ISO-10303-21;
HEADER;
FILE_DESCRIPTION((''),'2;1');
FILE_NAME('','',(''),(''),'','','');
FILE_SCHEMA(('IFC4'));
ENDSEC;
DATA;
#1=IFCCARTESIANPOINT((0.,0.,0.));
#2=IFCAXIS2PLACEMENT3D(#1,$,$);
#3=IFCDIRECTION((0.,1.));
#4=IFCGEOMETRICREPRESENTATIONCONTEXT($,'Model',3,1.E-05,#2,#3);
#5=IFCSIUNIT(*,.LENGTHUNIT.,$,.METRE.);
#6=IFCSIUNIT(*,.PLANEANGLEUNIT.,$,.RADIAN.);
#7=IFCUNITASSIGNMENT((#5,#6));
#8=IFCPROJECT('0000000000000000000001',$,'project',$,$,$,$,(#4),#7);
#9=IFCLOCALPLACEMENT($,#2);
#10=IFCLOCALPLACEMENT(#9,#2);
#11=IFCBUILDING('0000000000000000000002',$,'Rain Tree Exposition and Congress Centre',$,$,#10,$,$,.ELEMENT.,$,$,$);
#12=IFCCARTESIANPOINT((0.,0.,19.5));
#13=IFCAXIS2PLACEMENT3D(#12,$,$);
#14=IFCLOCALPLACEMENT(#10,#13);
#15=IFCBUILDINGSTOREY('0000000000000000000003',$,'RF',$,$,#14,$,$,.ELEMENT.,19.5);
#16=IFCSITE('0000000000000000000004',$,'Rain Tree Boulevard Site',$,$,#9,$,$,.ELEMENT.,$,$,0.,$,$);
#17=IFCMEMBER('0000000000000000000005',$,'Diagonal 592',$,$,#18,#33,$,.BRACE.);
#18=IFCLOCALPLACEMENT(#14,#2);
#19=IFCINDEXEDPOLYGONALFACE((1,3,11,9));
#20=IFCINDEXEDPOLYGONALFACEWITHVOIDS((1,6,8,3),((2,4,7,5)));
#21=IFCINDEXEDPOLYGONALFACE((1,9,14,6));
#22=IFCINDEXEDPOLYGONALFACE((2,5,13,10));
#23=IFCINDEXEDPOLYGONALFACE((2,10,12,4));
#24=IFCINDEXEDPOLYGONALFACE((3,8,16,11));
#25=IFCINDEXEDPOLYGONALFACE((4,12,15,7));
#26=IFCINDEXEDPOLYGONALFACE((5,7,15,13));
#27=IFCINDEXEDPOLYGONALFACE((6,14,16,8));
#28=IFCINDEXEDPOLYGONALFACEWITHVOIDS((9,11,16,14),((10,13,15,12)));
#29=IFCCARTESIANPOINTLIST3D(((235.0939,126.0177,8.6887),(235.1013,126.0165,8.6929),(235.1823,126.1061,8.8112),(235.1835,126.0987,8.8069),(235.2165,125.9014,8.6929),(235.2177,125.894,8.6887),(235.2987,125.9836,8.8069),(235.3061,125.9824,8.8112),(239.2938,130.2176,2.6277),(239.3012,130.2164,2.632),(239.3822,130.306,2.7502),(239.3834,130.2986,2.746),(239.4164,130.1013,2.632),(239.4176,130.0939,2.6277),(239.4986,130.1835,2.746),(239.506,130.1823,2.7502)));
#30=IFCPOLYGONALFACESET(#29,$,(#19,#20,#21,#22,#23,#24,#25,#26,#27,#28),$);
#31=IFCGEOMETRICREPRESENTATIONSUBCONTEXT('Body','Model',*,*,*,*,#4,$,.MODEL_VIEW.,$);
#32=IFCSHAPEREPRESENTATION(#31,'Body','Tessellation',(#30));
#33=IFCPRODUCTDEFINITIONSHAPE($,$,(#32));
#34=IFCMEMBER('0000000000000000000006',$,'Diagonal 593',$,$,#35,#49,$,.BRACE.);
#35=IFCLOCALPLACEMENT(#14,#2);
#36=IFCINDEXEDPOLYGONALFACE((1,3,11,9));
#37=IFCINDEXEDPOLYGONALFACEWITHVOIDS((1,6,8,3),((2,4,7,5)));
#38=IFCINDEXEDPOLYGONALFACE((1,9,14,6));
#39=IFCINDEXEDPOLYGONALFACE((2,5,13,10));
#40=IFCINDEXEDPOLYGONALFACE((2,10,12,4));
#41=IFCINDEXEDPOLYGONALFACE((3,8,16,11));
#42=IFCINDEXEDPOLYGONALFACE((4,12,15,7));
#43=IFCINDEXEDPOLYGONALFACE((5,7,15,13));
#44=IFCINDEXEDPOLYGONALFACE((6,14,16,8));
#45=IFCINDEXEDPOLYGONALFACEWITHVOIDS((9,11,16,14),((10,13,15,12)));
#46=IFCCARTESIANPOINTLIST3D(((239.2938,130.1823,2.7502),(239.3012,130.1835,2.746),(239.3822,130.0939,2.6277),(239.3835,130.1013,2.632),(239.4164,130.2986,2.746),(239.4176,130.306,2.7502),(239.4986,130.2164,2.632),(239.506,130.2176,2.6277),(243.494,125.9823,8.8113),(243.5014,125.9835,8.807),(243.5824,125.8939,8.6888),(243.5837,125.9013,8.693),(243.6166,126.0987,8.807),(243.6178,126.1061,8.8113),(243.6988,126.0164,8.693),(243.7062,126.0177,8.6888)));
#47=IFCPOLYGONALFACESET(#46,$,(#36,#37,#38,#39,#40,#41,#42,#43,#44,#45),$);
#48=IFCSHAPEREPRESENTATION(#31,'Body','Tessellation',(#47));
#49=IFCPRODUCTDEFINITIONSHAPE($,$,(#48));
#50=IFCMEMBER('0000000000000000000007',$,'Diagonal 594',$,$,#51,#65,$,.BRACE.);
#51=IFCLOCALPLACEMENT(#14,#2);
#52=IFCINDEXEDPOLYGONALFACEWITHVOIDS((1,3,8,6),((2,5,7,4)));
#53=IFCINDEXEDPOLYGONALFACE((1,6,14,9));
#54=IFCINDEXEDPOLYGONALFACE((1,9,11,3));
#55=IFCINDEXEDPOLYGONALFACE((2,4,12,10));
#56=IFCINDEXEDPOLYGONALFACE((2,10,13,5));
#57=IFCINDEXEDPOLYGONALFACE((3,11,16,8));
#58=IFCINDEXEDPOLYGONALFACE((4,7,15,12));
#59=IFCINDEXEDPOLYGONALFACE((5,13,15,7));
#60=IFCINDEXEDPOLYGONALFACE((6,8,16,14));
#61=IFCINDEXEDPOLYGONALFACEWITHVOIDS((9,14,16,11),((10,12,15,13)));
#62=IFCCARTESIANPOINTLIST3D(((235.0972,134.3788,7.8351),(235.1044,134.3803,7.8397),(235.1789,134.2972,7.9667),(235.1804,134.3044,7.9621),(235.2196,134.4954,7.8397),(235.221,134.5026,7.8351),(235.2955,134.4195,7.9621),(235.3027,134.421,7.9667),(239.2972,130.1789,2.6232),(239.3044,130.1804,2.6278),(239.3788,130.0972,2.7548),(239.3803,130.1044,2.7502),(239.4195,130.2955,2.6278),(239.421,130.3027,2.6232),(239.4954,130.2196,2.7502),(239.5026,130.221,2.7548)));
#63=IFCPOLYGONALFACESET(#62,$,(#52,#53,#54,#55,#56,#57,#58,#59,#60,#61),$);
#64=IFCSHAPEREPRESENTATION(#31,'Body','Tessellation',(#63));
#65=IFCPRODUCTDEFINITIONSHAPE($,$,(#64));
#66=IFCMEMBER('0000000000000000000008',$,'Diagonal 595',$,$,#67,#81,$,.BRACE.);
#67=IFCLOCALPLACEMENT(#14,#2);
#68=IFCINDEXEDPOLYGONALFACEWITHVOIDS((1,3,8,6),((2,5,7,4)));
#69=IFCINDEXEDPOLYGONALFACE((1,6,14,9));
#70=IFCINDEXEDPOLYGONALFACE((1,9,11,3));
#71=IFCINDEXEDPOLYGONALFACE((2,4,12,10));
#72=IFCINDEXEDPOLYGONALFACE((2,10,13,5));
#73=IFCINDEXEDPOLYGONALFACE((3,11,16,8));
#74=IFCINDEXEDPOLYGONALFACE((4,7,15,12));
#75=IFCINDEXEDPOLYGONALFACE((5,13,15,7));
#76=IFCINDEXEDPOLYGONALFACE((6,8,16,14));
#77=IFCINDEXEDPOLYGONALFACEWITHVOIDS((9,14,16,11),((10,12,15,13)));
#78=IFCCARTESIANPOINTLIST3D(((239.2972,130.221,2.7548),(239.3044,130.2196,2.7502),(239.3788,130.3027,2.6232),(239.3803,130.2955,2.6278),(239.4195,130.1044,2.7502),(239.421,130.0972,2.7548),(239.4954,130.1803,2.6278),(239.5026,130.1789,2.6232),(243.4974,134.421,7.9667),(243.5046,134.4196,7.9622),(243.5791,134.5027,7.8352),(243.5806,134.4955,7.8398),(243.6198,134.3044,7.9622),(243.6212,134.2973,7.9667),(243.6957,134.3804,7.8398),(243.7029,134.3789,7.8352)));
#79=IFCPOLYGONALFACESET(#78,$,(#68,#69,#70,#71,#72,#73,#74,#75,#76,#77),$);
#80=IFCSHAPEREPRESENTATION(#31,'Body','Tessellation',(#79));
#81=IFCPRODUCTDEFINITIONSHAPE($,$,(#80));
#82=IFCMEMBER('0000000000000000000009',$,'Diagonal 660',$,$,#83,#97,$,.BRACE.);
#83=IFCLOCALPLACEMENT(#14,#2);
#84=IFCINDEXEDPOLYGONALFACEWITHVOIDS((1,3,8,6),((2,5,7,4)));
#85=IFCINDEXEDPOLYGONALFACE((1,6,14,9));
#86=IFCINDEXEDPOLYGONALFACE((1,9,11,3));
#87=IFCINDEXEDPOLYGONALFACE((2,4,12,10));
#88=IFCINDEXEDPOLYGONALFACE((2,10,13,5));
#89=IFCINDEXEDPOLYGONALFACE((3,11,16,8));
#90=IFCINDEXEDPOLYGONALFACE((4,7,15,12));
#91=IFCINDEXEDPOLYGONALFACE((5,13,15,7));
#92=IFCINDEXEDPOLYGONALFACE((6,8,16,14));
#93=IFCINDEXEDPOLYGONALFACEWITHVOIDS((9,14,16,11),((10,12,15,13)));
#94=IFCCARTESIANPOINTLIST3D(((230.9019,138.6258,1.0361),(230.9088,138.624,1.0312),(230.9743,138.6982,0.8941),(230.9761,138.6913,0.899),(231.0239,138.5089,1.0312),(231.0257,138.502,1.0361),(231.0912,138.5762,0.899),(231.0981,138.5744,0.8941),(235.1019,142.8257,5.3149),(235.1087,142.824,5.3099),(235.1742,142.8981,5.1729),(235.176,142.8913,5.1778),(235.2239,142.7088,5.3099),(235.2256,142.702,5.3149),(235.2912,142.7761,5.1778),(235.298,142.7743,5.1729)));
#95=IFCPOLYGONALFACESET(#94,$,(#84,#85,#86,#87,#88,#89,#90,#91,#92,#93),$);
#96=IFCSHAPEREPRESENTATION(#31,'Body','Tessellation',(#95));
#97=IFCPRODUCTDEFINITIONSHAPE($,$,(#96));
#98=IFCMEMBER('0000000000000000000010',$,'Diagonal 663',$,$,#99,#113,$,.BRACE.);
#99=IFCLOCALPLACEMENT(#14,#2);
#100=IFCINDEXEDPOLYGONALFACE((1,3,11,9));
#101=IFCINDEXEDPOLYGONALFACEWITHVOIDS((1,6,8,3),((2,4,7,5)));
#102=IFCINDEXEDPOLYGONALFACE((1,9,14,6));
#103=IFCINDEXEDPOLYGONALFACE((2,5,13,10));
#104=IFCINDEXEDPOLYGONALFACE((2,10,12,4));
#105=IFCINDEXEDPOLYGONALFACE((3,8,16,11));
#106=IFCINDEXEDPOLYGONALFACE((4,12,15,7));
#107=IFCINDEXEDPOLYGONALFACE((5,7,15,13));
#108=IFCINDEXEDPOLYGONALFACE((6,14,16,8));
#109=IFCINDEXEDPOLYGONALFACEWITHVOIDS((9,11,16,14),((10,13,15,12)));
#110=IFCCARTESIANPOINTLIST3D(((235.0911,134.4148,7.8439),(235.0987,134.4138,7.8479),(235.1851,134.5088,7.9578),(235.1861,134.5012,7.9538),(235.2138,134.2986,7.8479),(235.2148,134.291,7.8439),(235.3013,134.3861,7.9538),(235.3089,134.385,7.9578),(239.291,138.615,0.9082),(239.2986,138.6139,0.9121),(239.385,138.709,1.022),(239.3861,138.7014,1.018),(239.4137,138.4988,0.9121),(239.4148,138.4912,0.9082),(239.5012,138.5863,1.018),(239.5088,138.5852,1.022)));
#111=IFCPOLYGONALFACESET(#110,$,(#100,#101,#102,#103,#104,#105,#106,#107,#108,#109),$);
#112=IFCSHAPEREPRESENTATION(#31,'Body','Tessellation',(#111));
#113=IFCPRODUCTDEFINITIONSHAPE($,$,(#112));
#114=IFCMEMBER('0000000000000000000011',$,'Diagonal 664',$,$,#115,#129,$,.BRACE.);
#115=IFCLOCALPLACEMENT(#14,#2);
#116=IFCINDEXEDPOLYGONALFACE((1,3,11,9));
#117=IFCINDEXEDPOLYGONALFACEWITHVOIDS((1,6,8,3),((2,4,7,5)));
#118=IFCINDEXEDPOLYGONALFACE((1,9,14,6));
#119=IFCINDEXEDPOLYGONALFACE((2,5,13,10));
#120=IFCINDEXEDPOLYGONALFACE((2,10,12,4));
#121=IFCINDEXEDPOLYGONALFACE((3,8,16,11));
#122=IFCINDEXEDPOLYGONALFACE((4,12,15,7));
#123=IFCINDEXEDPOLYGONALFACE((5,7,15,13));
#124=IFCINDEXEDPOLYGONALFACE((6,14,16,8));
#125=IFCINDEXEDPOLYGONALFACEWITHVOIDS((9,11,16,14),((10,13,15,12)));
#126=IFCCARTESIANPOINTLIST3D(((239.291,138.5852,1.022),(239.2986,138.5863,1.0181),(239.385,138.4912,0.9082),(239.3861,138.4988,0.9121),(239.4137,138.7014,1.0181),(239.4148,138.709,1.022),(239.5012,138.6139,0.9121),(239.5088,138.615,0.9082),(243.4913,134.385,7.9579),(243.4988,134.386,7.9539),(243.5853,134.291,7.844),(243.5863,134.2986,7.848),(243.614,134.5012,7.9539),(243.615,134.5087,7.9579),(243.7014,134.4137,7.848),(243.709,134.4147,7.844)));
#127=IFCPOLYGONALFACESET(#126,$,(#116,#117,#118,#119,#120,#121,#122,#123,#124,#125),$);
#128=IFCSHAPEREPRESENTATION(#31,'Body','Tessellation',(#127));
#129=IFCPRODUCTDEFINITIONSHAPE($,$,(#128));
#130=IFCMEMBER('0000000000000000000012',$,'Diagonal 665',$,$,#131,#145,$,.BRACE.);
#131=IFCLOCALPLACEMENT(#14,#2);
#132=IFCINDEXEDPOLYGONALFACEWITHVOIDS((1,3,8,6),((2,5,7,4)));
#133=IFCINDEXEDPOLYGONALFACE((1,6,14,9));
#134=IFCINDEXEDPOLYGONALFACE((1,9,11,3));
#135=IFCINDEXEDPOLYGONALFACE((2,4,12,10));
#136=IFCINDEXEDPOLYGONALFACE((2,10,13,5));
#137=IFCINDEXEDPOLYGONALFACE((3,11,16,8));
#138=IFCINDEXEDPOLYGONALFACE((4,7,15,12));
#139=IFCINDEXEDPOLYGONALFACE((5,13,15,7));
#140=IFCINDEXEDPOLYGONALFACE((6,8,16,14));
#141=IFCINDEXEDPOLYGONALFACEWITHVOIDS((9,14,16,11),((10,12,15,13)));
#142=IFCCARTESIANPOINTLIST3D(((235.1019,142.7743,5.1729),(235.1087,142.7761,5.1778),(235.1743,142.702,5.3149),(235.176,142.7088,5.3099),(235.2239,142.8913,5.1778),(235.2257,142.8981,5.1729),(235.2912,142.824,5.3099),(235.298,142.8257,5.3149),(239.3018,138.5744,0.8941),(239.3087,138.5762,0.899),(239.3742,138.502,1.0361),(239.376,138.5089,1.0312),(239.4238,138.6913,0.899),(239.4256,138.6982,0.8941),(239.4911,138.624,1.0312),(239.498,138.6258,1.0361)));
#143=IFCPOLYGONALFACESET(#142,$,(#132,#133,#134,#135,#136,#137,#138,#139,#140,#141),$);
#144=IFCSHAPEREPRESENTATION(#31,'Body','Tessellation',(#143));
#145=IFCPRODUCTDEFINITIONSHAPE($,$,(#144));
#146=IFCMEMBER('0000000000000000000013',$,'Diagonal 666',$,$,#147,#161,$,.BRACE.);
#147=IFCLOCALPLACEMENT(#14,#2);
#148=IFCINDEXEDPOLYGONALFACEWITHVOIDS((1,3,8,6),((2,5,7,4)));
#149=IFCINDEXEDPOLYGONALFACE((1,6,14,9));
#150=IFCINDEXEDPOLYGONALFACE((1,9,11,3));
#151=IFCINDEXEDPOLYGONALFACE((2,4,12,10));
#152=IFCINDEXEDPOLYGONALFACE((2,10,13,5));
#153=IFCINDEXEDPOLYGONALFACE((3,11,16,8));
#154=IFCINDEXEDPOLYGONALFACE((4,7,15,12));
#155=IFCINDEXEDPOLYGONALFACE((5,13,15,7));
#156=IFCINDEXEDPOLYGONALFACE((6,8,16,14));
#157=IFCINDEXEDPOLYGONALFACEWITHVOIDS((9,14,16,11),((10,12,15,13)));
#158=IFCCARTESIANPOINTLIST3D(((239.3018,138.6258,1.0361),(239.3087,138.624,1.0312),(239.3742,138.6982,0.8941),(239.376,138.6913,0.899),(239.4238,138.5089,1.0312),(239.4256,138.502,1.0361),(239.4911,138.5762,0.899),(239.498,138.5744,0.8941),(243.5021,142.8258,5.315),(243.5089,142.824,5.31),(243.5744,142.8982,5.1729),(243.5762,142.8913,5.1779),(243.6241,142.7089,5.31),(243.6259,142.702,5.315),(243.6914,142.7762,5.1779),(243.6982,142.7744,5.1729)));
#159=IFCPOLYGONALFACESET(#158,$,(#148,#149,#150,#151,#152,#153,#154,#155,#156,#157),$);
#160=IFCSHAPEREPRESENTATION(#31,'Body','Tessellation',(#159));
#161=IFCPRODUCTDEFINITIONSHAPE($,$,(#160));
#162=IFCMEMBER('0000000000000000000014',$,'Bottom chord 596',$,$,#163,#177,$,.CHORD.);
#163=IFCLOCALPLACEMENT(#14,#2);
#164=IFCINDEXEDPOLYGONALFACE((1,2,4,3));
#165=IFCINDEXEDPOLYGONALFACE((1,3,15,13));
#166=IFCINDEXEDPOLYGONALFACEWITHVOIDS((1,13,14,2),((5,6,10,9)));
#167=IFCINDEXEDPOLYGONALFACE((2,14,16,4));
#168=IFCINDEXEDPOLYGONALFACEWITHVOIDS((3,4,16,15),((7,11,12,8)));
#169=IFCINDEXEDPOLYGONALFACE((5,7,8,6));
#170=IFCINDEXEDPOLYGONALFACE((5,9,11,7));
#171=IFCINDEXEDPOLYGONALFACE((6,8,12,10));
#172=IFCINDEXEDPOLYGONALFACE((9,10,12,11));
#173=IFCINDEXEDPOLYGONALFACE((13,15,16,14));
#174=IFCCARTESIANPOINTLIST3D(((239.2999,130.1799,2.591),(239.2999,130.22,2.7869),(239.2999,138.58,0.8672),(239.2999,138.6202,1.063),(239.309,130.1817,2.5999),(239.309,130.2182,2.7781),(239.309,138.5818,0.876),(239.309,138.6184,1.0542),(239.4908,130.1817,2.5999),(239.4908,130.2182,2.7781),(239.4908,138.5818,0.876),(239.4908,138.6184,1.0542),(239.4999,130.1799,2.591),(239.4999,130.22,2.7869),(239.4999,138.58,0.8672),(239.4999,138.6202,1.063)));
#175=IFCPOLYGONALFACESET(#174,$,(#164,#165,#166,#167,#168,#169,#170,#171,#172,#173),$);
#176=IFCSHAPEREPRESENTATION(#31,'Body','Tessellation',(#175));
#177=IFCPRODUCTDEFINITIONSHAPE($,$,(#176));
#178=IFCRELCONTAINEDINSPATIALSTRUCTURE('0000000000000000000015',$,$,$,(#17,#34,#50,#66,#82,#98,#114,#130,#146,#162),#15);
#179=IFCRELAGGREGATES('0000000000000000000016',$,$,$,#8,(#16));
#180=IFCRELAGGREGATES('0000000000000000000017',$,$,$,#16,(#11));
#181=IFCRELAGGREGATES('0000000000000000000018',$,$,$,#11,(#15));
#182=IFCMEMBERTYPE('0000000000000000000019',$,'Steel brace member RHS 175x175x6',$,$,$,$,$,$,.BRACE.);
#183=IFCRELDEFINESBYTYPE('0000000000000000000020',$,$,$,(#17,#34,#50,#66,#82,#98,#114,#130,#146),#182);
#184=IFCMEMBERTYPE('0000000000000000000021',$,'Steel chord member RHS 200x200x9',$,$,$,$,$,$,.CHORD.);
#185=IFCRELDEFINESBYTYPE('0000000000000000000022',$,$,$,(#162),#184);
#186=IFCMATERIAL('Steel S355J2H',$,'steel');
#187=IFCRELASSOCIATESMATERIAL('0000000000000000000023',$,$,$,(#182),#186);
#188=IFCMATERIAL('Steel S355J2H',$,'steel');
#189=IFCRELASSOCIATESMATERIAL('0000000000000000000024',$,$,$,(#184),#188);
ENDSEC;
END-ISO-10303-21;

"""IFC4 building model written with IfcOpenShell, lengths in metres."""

from ifc_helpers import new_model, si_unit, direction, frame, origin, origin_2d, place, context, subcontext, project, spatial, hollow_rectangle, extrude, material, material_profile, profile_set, type_object, element, save


model = new_model("IFC4")

# Units and contexts
model_context = context("Model", 3, precision=1e-05, world=origin(), true_north=direction((0.0, 1.0)))
body_context = subcontext(model_context, "Body", "Model", "MODEL_VIEW")
ifc_project = project(units=[si_unit("LENGTHUNIT", "METRE"), si_unit("PLANEANGLEUNIT", "RADIAN")], contexts=[model_context])

# Site, building, storey
site_placement = place(None, origin())
site = spatial("IfcSite", under=ifc_project, at=site_placement, Name="Rain Tree Boulevard Site", CompositionType="ELEMENT", RefElevation=0.0)
building_placement = place(site_placement, origin())
building = spatial("IfcBuilding", under=site, at=building_placement, Name="Rain Tree Exposition and Congress Centre", CompositionType="ELEMENT")
storey_placement = place(building_placement, frame((0.0, 0.0, 19.5)))
storey = spatial("IfcBuildingStorey", under=building, at=storey_placement, Name="RF", CompositionType="ELEMENT", Elevation=19.5)

# Members
ifc_material_1 = material(Name="Steel S355J2H", Category="steel")
ifc_material_profile_1 = material_profile(ifc_material_1, hollow_rectangle(XDim=0.175, YDim=0.175, WallThickness=0.0061, at=origin_2d()), Name="RHS 175x175x6")
ifc_profile_set_1 = profile_set([ifc_material_profile_1], Name="Steel S355J2H")
member_type_1 = type_object("IfcMemberType", Name="Steel brace member RHS 175x175x6", PredefinedType="BRACE", material=ifc_profile_set_1)
member_1_placement = place(storey_placement, frame((239.3999, 130.2, 2.689), z_axis=(-0.494916, -0.494916, 0.714224), x_axis=(0.707107, -0.707107, 0.0)))
element("IfcMember", 1, at=member_1_placement, inside=storey, type_object=member_type_1, Name="Diagonal 592", PredefinedType="BRACE", context=body_context, shape_type="SweptSolid", body=[
    extrude(hollow_rectangle(XDim=0.175, YDim=0.175, WallThickness=0.0061, at=origin_2d()), origin(), (0.0, 0.0, 1.0), 8.4861),
])
member_2_placement = place(storey_placement, frame((239.3999, 130.2, 2.689), z_axis=(0.494938, -0.494909, 0.714214), x_axis=(0.707086, 0.707127, 0.0)))
element("IfcMember", 2, at=member_2_placement, inside=storey, type_object=member_type_1, Name="Diagonal 593", PredefinedType="BRACE", context=body_context, shape_type="SweptSolid", body=[
    extrude(hollow_rectangle(XDim=0.175, YDim=0.175, WallThickness=0.0061, at=origin_2d()), origin(), (0.0, 0.0, 1.0), 8.4863),
])
member_3_placement = place(storey_placement, frame((239.3999, 130.2, 2.689), z_axis=(-0.531498, 0.531498, 0.65956), x_axis=(-0.707107, -0.707107, 0.0)))
element("IfcMember", 3, at=member_3_placement, inside=storey, type_object=member_type_1, Name="Diagonal 594", PredefinedType="BRACE", context=body_context, shape_type="SweptSolid", body=[
    extrude(hollow_rectangle(XDim=0.175, YDim=0.175, WallThickness=0.0061, at=origin_2d()), origin(), (0.0, 0.0, 1.0), 7.9021),
])
member_4_placement = place(storey_placement, frame((239.3999, 130.2, 2.689), z_axis=(0.53152, 0.531489, 0.65955), x_axis=(-0.707086, 0.707127, 0.0)))
element("IfcMember", 4, at=member_4_placement, inside=storey, type_object=member_type_1, Name="Diagonal 595", PredefinedType="BRACE", context=body_context, shape_type="SweptSolid", body=[
    extrude(hollow_rectangle(XDim=0.175, YDim=0.175, WallThickness=0.0061, at=origin_2d()), origin(), (0.0, 0.0, 1.0), 7.9023),
])
member_5_placement = place(storey_placement, frame((231.0, 138.6001, 0.9651), z_axis=(0.573737, 0.573737, 0.58451), x_axis=(-0.707107, 0.707107, 0.0)))
element("IfcMember", 5, at=member_5_placement, inside=storey, type_object=member_type_1, Name="Diagonal 660", PredefinedType="BRACE", context=body_context, shape_type="SweptSolid", body=[
    extrude(hollow_rectangle(XDim=0.175, YDim=0.175, WallThickness=0.0061, at=origin_2d()), origin(), (0.0, 0.0, 1.0), 7.3203),
])
member_6_placement = place(storey_placement, frame((239.3999, 138.6001, 0.9651), z_axis=(-0.459935, -0.459962, 0.759536), x_axis=(0.707127, -0.707086, 0.0)))
element("IfcMember", 6, at=member_6_placement, inside=storey, type_object=member_type_1, Name="Diagonal 663", PredefinedType="BRACE", context=body_context, shape_type="SweptSolid", body=[
    extrude(hollow_rectangle(XDim=0.175, YDim=0.175, WallThickness=0.0061, at=origin_2d()), origin(), (0.0, 0.0, 1.0), 9.1316),
])
member_7_placement = place(storey_placement, frame((239.3999, 138.6001, 0.9651), z_axis=(0.459956, -0.459956, 0.759527), x_axis=(0.707107, 0.707107, 0.0)))
element("IfcMember", 7, at=member_7_placement, inside=storey, type_object=member_type_1, Name="Diagonal 664", PredefinedType="BRACE", context=body_context, shape_type="SweptSolid", body=[
    extrude(hollow_rectangle(XDim=0.175, YDim=0.175, WallThickness=0.0061, at=origin_2d()), origin(), (0.0, 0.0, 1.0), 9.1318),
])
member_8_placement = place(storey_placement, frame((239.3999, 138.6001, 0.9651), z_axis=(-0.573737, 0.573737, 0.58451), x_axis=(-0.707107, -0.707107, 0.0)))
element("IfcMember", 8, at=member_8_placement, inside=storey, type_object=member_type_1, Name="Diagonal 665", PredefinedType="BRACE", context=body_context, shape_type="SweptSolid", body=[
    extrude(hollow_rectangle(XDim=0.175, YDim=0.175, WallThickness=0.0061, at=origin_2d()), origin(), (0.0, 0.0, 1.0), 7.3203),
])
member_9_placement = place(storey_placement, frame((239.3999, 138.6001, 0.9651), z_axis=(0.57376, 0.573726, 0.584498), x_axis=(-0.707086, 0.707127, 0.0)))
element("IfcMember", 9, at=member_9_placement, inside=storey, type_object=member_type_1, Name="Diagonal 666", PredefinedType="BRACE", context=body_context, shape_type="SweptSolid", body=[
    extrude(hollow_rectangle(XDim=0.175, YDim=0.175, WallThickness=0.0061, at=origin_2d()), origin(), (0.0, 0.0, 1.0), 7.3206),
])
ifc_material_2 = material(Name="Steel S355J2H", Category="steel")
ifc_material_profile_2 = material_profile(ifc_material_2, hollow_rectangle(XDim=0.2, YDim=0.2, WallThickness=0.009, at=origin_2d()), Name="RHS 200x200x9")
ifc_profile_set_2 = profile_set([ifc_material_profile_2], Name="Steel S355J2H")
member_type_2 = type_object("IfcMemberType", Name="Steel chord member RHS 200x200x9", PredefinedType="CHORD", material=ifc_profile_set_2)
member_10_placement = place(storey_placement, frame((239.3999, 130.2, 2.689), z_axis=(0.0, 0.979585, -0.20103), x_axis=(-1.0, 0.0, 0.0)))
element("IfcMember", 10, at=member_10_placement, inside=storey, type_object=member_type_2, Name="Bottom chord 596", PredefinedType="CHORD", context=body_context, shape_type="SweptSolid", body=[
    extrude(hollow_rectangle(XDim=0.2, YDim=0.2, WallThickness=0.009, at=origin_2d()), origin(), (0.0, 0.0, 1.0), 8.5752),
])

save(model, "model.ifc")
